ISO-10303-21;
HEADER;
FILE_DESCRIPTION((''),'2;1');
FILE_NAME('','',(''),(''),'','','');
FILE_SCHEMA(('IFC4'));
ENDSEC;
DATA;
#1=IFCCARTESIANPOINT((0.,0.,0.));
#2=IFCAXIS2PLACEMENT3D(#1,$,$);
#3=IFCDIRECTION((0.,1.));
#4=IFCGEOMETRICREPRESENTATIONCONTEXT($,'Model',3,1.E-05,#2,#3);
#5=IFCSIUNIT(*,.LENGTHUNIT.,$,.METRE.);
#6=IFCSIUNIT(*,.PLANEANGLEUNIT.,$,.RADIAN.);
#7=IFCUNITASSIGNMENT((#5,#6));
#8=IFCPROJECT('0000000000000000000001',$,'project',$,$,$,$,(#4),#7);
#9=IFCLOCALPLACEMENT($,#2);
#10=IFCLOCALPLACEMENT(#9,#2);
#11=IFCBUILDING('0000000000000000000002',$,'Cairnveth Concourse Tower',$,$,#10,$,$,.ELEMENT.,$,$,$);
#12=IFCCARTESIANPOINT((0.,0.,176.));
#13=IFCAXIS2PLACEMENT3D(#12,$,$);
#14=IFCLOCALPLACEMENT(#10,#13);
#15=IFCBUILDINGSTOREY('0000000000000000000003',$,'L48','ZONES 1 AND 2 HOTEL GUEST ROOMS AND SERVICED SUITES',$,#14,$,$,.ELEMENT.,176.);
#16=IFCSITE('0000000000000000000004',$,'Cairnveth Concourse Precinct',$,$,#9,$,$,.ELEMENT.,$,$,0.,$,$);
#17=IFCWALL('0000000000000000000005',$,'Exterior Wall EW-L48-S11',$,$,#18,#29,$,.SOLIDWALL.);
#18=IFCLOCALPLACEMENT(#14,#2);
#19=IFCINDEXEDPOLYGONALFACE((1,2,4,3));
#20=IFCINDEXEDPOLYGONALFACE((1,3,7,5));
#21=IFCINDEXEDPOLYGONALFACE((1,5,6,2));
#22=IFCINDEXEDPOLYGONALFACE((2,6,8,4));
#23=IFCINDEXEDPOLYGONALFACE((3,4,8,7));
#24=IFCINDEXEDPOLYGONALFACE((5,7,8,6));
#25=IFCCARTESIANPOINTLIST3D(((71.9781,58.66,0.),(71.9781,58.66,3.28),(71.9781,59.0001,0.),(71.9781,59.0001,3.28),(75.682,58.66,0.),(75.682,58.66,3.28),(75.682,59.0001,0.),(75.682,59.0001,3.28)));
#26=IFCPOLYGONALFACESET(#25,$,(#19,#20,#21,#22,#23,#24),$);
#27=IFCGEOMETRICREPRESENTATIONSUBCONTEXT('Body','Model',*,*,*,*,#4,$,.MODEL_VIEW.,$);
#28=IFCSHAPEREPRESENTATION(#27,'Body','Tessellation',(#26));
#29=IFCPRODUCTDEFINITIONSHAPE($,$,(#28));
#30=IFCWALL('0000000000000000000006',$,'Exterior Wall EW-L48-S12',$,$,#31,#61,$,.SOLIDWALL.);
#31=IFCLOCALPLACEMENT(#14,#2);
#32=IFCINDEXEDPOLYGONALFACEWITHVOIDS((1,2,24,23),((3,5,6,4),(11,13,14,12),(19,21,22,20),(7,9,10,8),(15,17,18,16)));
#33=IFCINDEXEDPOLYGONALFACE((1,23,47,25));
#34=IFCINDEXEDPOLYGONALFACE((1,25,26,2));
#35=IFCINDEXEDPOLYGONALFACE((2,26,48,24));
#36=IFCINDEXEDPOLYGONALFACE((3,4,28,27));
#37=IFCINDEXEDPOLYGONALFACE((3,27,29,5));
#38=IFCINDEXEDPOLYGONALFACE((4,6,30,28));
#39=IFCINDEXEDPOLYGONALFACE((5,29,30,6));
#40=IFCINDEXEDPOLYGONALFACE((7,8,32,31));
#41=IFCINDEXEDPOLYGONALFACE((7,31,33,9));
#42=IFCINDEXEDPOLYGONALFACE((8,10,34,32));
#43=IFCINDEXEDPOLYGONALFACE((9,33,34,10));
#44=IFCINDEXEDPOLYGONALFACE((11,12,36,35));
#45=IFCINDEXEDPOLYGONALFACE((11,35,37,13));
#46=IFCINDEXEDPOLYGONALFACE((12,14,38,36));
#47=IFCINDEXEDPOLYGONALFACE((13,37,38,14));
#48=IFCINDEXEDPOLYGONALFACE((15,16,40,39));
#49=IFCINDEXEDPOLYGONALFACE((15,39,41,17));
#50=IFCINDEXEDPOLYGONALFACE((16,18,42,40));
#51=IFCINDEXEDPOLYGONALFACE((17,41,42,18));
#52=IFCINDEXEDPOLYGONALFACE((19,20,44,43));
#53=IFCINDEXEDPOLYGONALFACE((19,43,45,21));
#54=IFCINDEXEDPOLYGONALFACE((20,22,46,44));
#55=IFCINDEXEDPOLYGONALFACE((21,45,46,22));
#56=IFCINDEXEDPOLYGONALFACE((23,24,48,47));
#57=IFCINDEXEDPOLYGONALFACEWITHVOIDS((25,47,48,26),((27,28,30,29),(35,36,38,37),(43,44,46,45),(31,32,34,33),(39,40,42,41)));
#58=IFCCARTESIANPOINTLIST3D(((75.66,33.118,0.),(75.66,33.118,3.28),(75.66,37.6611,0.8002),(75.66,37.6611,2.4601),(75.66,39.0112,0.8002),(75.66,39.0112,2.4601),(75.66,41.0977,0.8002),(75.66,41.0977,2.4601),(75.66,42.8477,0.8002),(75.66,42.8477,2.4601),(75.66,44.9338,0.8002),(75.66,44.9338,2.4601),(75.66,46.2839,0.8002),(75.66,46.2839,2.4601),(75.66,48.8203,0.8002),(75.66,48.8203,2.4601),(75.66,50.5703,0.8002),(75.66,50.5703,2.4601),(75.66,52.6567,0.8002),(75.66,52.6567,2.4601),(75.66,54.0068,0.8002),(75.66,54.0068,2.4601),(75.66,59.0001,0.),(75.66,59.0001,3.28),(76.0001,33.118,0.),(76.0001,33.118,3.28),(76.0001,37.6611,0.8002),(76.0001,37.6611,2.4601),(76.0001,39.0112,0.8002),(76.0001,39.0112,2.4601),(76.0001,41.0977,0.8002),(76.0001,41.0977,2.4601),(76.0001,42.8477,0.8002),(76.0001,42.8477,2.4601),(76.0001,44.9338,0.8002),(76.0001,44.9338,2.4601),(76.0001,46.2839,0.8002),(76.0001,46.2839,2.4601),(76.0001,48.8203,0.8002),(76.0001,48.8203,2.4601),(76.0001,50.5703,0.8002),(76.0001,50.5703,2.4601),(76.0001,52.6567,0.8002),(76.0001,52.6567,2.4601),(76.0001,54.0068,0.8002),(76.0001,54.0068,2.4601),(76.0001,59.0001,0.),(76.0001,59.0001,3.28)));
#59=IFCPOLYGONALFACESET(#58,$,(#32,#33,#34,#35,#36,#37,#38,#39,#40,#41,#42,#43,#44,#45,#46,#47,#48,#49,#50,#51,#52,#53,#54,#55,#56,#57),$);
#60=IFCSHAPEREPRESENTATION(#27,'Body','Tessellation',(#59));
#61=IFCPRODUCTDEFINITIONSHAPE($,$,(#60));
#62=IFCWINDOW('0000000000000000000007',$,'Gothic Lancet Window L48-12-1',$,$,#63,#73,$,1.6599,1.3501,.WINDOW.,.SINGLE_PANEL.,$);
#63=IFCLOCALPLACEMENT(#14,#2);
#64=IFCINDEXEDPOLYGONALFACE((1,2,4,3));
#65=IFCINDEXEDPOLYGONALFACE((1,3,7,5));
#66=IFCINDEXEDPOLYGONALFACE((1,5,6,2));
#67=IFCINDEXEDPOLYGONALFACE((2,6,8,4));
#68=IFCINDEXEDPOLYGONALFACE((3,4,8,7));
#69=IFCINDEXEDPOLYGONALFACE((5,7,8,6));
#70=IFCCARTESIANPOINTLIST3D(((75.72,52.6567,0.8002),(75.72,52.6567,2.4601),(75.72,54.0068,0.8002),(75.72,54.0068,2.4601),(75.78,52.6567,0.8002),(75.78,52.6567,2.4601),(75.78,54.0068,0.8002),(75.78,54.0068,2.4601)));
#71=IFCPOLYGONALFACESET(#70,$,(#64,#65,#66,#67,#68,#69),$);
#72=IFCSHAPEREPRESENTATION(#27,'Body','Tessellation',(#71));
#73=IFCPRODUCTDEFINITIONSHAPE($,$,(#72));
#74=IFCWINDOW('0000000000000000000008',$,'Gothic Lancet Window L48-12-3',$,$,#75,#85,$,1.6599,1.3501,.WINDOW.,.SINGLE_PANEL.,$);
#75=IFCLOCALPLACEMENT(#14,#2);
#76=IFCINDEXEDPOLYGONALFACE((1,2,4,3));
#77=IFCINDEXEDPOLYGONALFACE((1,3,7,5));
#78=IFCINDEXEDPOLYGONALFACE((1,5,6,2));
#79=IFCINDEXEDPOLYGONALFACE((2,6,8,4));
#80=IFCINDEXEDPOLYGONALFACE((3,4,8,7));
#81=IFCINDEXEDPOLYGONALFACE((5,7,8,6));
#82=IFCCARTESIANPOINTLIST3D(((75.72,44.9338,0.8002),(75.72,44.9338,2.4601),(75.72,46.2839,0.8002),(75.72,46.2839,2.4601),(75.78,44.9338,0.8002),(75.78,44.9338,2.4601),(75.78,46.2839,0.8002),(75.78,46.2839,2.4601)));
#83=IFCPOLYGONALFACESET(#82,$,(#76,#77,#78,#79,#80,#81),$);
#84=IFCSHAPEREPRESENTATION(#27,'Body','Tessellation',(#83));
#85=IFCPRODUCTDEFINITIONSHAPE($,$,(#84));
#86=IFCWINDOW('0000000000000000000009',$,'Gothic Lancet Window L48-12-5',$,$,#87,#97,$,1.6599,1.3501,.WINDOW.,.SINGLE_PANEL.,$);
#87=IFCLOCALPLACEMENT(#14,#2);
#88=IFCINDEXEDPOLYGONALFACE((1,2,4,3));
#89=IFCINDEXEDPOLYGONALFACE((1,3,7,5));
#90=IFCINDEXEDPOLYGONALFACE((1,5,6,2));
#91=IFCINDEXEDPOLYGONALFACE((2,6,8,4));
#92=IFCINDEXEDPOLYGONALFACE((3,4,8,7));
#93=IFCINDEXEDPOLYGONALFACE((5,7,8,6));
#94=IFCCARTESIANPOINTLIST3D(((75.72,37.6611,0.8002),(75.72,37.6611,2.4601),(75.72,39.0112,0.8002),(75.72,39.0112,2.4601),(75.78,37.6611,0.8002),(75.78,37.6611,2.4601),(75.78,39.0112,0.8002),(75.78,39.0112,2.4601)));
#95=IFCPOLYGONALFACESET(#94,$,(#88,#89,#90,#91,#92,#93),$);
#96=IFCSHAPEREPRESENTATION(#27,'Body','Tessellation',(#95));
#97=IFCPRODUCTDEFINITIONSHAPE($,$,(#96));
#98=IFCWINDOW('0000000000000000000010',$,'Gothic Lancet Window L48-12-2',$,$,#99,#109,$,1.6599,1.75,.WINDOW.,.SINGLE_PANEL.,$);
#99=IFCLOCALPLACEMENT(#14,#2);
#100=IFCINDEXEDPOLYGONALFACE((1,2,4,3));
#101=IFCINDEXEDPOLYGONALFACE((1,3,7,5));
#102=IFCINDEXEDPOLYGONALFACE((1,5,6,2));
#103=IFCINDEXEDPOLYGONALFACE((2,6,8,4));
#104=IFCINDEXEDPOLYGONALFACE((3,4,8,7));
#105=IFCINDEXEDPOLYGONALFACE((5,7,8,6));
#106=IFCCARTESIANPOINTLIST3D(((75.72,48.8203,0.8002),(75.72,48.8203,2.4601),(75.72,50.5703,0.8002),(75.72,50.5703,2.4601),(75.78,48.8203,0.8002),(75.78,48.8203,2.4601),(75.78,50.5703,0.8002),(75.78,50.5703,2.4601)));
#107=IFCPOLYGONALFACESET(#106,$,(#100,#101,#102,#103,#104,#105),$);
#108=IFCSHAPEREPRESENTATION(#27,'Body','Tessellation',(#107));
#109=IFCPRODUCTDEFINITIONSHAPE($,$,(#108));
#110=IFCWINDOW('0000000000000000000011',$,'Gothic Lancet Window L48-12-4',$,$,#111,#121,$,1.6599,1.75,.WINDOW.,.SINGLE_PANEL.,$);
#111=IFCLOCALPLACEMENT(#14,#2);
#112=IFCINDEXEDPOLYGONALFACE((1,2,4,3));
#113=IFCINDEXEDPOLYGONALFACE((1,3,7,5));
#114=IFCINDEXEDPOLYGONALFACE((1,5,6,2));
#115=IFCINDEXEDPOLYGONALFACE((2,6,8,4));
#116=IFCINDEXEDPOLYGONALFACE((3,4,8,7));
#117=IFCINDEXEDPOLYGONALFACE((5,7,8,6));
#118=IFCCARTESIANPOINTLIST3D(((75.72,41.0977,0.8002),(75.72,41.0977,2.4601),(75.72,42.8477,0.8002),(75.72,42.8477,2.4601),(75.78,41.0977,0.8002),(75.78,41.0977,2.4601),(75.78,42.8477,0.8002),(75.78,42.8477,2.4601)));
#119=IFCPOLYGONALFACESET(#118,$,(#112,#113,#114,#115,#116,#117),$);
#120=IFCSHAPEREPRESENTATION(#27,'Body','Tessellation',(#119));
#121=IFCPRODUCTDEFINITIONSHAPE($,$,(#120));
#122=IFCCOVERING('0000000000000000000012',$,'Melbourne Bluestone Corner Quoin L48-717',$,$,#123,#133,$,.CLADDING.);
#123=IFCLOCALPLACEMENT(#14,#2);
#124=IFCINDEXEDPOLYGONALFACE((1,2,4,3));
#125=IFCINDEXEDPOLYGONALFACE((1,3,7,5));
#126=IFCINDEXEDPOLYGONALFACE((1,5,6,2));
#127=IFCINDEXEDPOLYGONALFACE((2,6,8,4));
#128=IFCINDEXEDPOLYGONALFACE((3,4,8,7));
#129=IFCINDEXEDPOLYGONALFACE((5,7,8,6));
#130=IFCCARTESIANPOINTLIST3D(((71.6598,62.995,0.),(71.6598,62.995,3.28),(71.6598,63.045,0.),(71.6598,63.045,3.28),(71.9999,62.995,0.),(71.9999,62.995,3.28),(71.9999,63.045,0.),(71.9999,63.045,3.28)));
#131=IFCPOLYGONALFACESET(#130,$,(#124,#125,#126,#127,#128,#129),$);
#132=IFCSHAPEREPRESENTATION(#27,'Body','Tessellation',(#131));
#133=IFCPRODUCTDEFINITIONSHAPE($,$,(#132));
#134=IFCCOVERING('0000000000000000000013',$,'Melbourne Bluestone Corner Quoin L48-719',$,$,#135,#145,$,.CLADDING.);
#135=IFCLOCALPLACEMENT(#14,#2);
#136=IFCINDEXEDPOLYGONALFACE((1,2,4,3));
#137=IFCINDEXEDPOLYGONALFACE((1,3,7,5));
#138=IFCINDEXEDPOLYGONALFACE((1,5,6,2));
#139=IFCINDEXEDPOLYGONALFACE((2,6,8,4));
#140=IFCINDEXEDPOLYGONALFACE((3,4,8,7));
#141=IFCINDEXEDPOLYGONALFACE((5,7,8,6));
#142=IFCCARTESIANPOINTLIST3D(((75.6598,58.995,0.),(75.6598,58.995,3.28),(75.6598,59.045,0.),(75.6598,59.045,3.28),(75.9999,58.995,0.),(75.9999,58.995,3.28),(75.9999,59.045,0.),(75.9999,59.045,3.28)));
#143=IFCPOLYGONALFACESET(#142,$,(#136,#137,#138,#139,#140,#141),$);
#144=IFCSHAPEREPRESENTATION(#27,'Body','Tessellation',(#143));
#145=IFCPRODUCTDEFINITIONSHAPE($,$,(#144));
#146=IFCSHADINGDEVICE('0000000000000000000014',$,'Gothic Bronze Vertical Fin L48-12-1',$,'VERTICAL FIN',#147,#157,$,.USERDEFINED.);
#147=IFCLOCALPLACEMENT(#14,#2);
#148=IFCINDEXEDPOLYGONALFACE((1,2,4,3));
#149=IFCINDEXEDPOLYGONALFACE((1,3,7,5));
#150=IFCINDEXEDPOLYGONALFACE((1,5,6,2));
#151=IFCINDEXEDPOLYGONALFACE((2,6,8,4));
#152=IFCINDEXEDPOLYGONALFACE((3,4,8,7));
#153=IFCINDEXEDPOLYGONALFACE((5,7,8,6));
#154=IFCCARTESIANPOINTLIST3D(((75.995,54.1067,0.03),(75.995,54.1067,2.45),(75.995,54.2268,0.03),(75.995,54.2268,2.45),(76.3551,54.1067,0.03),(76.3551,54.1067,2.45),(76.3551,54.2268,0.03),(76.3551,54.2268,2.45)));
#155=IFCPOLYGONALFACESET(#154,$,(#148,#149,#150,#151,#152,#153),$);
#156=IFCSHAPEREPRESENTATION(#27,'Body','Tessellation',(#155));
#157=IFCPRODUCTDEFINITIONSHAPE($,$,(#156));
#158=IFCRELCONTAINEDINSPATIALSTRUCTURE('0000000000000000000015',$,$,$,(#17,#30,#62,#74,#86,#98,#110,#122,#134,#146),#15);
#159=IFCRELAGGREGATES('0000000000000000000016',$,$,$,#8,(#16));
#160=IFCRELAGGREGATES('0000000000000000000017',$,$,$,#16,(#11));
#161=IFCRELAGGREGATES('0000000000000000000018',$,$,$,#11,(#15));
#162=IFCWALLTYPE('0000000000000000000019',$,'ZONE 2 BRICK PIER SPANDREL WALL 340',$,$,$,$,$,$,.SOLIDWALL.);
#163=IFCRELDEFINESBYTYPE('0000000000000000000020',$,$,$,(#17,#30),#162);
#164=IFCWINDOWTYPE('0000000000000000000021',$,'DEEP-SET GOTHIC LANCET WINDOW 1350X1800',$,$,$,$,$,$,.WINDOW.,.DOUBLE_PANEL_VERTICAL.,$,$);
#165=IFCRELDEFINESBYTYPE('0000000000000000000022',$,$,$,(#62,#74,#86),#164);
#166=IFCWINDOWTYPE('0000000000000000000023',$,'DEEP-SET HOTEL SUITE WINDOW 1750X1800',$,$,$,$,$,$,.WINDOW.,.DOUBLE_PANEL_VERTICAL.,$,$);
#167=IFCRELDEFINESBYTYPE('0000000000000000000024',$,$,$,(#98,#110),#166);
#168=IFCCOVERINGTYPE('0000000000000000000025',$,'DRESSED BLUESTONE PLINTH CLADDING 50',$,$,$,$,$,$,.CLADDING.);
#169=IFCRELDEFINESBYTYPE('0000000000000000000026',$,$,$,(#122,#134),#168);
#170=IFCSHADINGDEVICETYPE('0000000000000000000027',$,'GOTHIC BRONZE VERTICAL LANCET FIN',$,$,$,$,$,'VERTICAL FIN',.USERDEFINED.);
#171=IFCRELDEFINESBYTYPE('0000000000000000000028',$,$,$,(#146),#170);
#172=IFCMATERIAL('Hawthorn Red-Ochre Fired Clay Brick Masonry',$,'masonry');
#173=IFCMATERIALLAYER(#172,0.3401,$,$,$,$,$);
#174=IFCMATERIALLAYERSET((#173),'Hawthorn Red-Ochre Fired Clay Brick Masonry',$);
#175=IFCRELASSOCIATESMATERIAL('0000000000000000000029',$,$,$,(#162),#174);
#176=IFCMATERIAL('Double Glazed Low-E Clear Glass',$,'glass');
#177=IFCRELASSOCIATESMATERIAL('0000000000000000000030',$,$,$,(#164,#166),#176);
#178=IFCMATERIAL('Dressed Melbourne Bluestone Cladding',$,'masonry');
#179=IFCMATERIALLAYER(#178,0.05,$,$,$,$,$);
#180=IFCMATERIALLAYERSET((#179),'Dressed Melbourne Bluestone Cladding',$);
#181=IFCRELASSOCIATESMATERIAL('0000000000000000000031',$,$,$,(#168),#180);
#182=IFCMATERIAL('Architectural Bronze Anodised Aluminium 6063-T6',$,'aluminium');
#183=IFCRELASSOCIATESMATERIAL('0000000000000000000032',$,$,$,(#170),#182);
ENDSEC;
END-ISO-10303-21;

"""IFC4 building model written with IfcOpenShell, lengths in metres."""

from ifc_helpers import new_model, si_unit, direction, frame, frame_2d, origin, origin_2d, place, context, subcontext, project, spatial, rectangle, extrude, material, layer, layer_set, type_object, element, fill, save


model = new_model("IFC4")

# Units and contexts
model_context = context("Model", 3, precision=1e-05, world=origin(), true_north=direction((0.0, 1.0)))
body_context = subcontext(model_context, "Body", "Model", "MODEL_VIEW")
ifc_project = project(units=[si_unit("LENGTHUNIT", "METRE"), si_unit("PLANEANGLEUNIT", "RADIAN")], contexts=[model_context])

# Site, building, storey
site_placement = place(None, origin())
site = spatial("IfcSite", under=ifc_project, at=site_placement, Name="Cairnveth Concourse Precinct", CompositionType="ELEMENT", RefElevation=0.0)
building_placement = place(site_placement, origin())
building = spatial("IfcBuilding", under=site, at=building_placement, Name="Cairnveth Concourse Tower", CompositionType="ELEMENT")
storey_placement = place(building_placement, frame((0.0, 0.0, 176.0)))
storey = spatial("IfcBuildingStorey", under=building, at=storey_placement, Name="L48", Description="ZONES 1 AND 2 HOTEL GUEST ROOMS AND SERVICED SUITES", CompositionType="ELEMENT", Elevation=176.0)

# Wall
ifc_material_1 = material(Name="Hawthorn Red-Ochre Fired Clay Brick Masonry", Category="masonry")
ifc_layer_1 = layer(ifc_material_1, 0.3401)
ifc_layer_set_1 = layer_set([ifc_layer_1], Name="Hawthorn Red-Ochre Fired Clay Brick Masonry")
wall_type = type_object("IfcWallType", Name="ZONE 2 BRICK PIER SPANDREL WALL 340", PredefinedType="SOLIDWALL", material=ifc_layer_set_1)
wall_1_placement = place(storey_placement, frame((71.978, 58.8301, 0.0), z_axis=(0.0, 0.0, 1.0), x_axis=(1.0, 0.0, 0.0)))
element("IfcWall", 1, at=wall_1_placement, inside=storey, type_object=wall_type, Name="Exterior Wall EW-L48-S11", PredefinedType="SOLIDWALL", context=body_context, shape_type="SweptSolid", body=[
    extrude(rectangle(XDim=3.7039, YDim=0.3401, at=frame_2d((1.8521, 0.0))), origin(), (0.0, 0.0, 1.0), 3.28),
])

# Wall, openings, windows
wall_2_placement = place(storey_placement, frame((75.8301, 59.0, 0.0), z_axis=(0.0, 0.0, 1.0), x_axis=(0.0, -1.0, 0.0)))
wall_2 = element("IfcWall", 2, at=wall_2_placement, inside=storey, type_object=wall_type, Name="Exterior Wall EW-L48-S12", PredefinedType="SOLIDWALL", context=body_context, shape_type="SweptSolid", body=[
    extrude(rectangle(XDim=25.8821, YDim=0.3401, at=frame_2d((12.9409, 0.0))), origin(), (0.0, 0.0, 1.0), 3.28),
])
opening_1_placement = place(wall_2_placement, frame((4.9932, 0.0, 0.8)))
opening_1 = element("IfcOpeningElement", 3, at=opening_1_placement, cuts=wall_2, PredefinedType="OPENING", context=body_context, shape_type="SweptSolid", body=[
    extrude(rectangle(XDim=1.3501, YDim=1.6599, at=frame_2d((0.675, 0.8301))), frame((0.0, 0.1799, 0.0), z_axis=(0.0, -1.0, 0.0), x_axis=(1.0, 0.0, 0.0)), (0.0, 0.0, 1.0), 0.3601),
])
opening_2_placement = place(wall_2_placement, frame((8.4297, 0.0, 0.8)))
opening_2 = element("IfcOpeningElement", 4, at=opening_2_placement, cuts=wall_2, PredefinedType="OPENING", context=body_context, shape_type="SweptSolid", body=[
    extrude(rectangle(XDim=1.75, YDim=1.6599, at=frame_2d((0.875, 0.8301))), frame((0.0, 0.1799, 0.0), z_axis=(0.0, -1.0, 0.0), x_axis=(1.0, 0.0, 0.0)), (0.0, 0.0, 1.0), 0.3601),
])
opening_3_placement = place(wall_2_placement, frame((12.7161, 0.0, 0.8)))
opening_3 = element("IfcOpeningElement", 5, at=opening_3_placement, cuts=wall_2, PredefinedType="OPENING", context=body_context, shape_type="SweptSolid", body=[
    extrude(rectangle(XDim=1.3501, YDim=1.6599, at=frame_2d((0.675, 0.8301))), frame((0.0, 0.1799, 0.0), z_axis=(0.0, -1.0, 0.0), x_axis=(1.0, 0.0, 0.0)), (0.0, 0.0, 1.0), 0.3601),
])
opening_4_placement = place(wall_2_placement, frame((16.1523, 0.0, 0.8)))
opening_4 = element("IfcOpeningElement", 6, at=opening_4_placement, cuts=wall_2, PredefinedType="OPENING", context=body_context, shape_type="SweptSolid", body=[
    extrude(rectangle(XDim=1.75, YDim=1.6599, at=frame_2d((0.875, 0.8301))), frame((0.0, 0.1799, 0.0), z_axis=(0.0, -1.0, 0.0), x_axis=(1.0, 0.0, 0.0)), (0.0, 0.0, 1.0), 0.3601),
])
opening_5_placement = place(wall_2_placement, frame((19.9888, 0.0, 0.8)))
opening_5 = element("IfcOpeningElement", 7, at=opening_5_placement, cuts=wall_2, PredefinedType="OPENING", context=body_context, shape_type="SweptSolid", body=[
    extrude(rectangle(XDim=1.3501, YDim=1.6599, at=frame_2d((0.675, 0.8301))), frame((0.0, 0.1799, 0.0), z_axis=(0.0, -1.0, 0.0), x_axis=(1.0, 0.0, 0.0)), (0.0, 0.0, 1.0), 0.3601),
])
ifc_material_2 = material(Name="Double Glazed Low-E Clear Glass", Category="glass")
window_type_1 = type_object("IfcWindowType", Name="DEEP-SET GOTHIC LANCET WINDOW 1350X1800", PartitioningType="DOUBLE_PANEL_VERTICAL", PredefinedType="WINDOW", material=ifc_material_2)
window_1_placement = place(opening_1_placement, origin())
window_1 = element("IfcWindow", 8, at=window_1_placement, inside=storey, type_object=window_type_1, Name="Gothic Lancet Window L48-12-1", OverallHeight=1.6599, OverallWidth=1.3501, PartitioningType="SINGLE_PANEL", PredefinedType="WINDOW", context=body_context, shape_type="SweptSolid", body=[
    extrude(rectangle(XDim=1.3501, YDim=1.6599, at=frame_2d((0.675, 0.8301))), frame((0.0, -0.05, 0.0), z_axis=(0.0, -1.0, 0.0), x_axis=(1.0, 0.0, 0.0)), (0.0, 0.0, 1.0), 0.0601),
])
fill(opening_1, window_1)
window_2_placement = place(opening_3_placement, origin())
window_2 = element("IfcWindow", 9, at=window_2_placement, inside=storey, type_object=window_type_1, Name="Gothic Lancet Window L48-12-3", OverallHeight=1.6599, OverallWidth=1.3501, PartitioningType="SINGLE_PANEL", PredefinedType="WINDOW", context=body_context, shape_type="SweptSolid", body=[
    extrude(rectangle(XDim=1.3501, YDim=1.6599, at=frame_2d((0.675, 0.8301))), frame((0.0, -0.05, 0.0), z_axis=(0.0, -1.0, 0.0), x_axis=(1.0, 0.0, 0.0)), (0.0, 0.0, 1.0), 0.0601),
])
fill(opening_3, window_2)
window_3_placement = place(opening_5_placement, origin())
window_3 = element("IfcWindow", 10, at=window_3_placement, inside=storey, type_object=window_type_1, Name="Gothic Lancet Window L48-12-5", OverallHeight=1.6599, OverallWidth=1.3501, PartitioningType="SINGLE_PANEL", PredefinedType="WINDOW", context=body_context, shape_type="SweptSolid", body=[
    extrude(rectangle(XDim=1.3501, YDim=1.6599, at=frame_2d((0.675, 0.8301))), frame((0.0, -0.05, 0.0), z_axis=(0.0, -1.0, 0.0), x_axis=(1.0, 0.0, 0.0)), (0.0, 0.0, 1.0), 0.0601),
])
fill(opening_5, window_3)
window_type_2 = type_object("IfcWindowType", Name="DEEP-SET HOTEL SUITE WINDOW 1750X1800", PartitioningType="DOUBLE_PANEL_VERTICAL", PredefinedType="WINDOW", material=ifc_material_2)
window_4_placement = place(opening_2_placement, origin())
window_4 = element("IfcWindow", 11, at=window_4_placement, inside=storey, type_object=window_type_2, Name="Gothic Lancet Window L48-12-2", OverallHeight=1.6599, OverallWidth=1.75, PartitioningType="SINGLE_PANEL", PredefinedType="WINDOW", context=body_context, shape_type="SweptSolid", body=[
    extrude(rectangle(XDim=1.75, YDim=1.6599, at=frame_2d((0.875, 0.8301))), frame((0.0, -0.05, 0.0), z_axis=(0.0, -1.0, 0.0), x_axis=(1.0, 0.0, 0.0)), (0.0, 0.0, 1.0), 0.0601),
])
fill(opening_2, window_4)
window_5_placement = place(opening_4_placement, origin())
window_5 = element("IfcWindow", 12, at=window_5_placement, inside=storey, type_object=window_type_2, Name="Gothic Lancet Window L48-12-4", OverallHeight=1.6599, OverallWidth=1.75, PartitioningType="SINGLE_PANEL", PredefinedType="WINDOW", context=body_context, shape_type="SweptSolid", body=[
    extrude(rectangle(XDim=1.75, YDim=1.6599, at=frame_2d((0.875, 0.8301))), frame((0.0, -0.05, 0.0), z_axis=(0.0, -1.0, 0.0), x_axis=(1.0, 0.0, 0.0)), (0.0, 0.0, 1.0), 0.0601),
])
fill(opening_4, window_5)

# Coverings
ifc_material_3 = material(Name="Dressed Melbourne Bluestone Cladding", Category="masonry")
ifc_layer_2 = layer(ifc_material_3, 0.05)
ifc_layer_set_2 = layer_set([ifc_layer_2], Name="Dressed Melbourne Bluestone Cladding")
covering_type = type_object("IfcCoveringType", Name="DRESSED BLUESTONE PLINTH CLADDING 50", PredefinedType="CLADDING", material=ifc_layer_set_2)
for number, where, z_axis, x_axis, name in (
    (13, (71.6599, 63.02, 0.0), (0.0, 0.0, 1.0), (1.0, 0.0, 0.0), "Melbourne Bluestone Corner Quoin L48-717"),
    (14, (75.6599, 59.02, 0.0), (0.0, 0.0, 1.0), (1.0, 0.0, 0.0), "Melbourne Bluestone Corner Quoin L48-719"),
):
    element("IfcCovering", number, at=place(storey_placement, frame(where, z_axis=z_axis, x_axis=x_axis)), inside=storey, type_object=covering_type, Name=name, PredefinedType="CLADDING", context=body_context, shape_type="SweptSolid", body=[
        extrude(rectangle(XDim=0.3401, YDim=0.05, at=frame_2d((0.1699, 0.0))), origin(), (0.0, 0.0, 1.0), 3.28),
    ])

# Shading device
ifc_material_4 = material(Name="Architectural Bronze Anodised Aluminium 6063-T6", Category="aluminium")
shading_device_type = type_object("IfcShadingDeviceType", Name="GOTHIC BRONZE VERTICAL LANCET FIN", ElementType="VERTICAL FIN", PredefinedType="USERDEFINED", material=ifc_material_4)
shading_device_placement = place(storey_placement, frame((76.175, 54.1667, 0.03), z_axis=(0.0, 0.0, 1.0), x_axis=(0.0, 1.0, 0.0)))
element("IfcShadingDevice", 15, at=shading_device_placement, inside=storey, type_object=shading_device_type, Name="Gothic Bronze Vertical Fin L48-12-1", ObjectType="VERTICAL FIN", PredefinedType="USERDEFINED", context=body_context, shape_type="SweptSolid", body=[
    extrude(rectangle(XDim=0.1201, YDim=0.3601, at=origin_2d()), origin(), (0.0, 0.0, 1.0), 2.4199),
])

save(model, "model.ifc")
